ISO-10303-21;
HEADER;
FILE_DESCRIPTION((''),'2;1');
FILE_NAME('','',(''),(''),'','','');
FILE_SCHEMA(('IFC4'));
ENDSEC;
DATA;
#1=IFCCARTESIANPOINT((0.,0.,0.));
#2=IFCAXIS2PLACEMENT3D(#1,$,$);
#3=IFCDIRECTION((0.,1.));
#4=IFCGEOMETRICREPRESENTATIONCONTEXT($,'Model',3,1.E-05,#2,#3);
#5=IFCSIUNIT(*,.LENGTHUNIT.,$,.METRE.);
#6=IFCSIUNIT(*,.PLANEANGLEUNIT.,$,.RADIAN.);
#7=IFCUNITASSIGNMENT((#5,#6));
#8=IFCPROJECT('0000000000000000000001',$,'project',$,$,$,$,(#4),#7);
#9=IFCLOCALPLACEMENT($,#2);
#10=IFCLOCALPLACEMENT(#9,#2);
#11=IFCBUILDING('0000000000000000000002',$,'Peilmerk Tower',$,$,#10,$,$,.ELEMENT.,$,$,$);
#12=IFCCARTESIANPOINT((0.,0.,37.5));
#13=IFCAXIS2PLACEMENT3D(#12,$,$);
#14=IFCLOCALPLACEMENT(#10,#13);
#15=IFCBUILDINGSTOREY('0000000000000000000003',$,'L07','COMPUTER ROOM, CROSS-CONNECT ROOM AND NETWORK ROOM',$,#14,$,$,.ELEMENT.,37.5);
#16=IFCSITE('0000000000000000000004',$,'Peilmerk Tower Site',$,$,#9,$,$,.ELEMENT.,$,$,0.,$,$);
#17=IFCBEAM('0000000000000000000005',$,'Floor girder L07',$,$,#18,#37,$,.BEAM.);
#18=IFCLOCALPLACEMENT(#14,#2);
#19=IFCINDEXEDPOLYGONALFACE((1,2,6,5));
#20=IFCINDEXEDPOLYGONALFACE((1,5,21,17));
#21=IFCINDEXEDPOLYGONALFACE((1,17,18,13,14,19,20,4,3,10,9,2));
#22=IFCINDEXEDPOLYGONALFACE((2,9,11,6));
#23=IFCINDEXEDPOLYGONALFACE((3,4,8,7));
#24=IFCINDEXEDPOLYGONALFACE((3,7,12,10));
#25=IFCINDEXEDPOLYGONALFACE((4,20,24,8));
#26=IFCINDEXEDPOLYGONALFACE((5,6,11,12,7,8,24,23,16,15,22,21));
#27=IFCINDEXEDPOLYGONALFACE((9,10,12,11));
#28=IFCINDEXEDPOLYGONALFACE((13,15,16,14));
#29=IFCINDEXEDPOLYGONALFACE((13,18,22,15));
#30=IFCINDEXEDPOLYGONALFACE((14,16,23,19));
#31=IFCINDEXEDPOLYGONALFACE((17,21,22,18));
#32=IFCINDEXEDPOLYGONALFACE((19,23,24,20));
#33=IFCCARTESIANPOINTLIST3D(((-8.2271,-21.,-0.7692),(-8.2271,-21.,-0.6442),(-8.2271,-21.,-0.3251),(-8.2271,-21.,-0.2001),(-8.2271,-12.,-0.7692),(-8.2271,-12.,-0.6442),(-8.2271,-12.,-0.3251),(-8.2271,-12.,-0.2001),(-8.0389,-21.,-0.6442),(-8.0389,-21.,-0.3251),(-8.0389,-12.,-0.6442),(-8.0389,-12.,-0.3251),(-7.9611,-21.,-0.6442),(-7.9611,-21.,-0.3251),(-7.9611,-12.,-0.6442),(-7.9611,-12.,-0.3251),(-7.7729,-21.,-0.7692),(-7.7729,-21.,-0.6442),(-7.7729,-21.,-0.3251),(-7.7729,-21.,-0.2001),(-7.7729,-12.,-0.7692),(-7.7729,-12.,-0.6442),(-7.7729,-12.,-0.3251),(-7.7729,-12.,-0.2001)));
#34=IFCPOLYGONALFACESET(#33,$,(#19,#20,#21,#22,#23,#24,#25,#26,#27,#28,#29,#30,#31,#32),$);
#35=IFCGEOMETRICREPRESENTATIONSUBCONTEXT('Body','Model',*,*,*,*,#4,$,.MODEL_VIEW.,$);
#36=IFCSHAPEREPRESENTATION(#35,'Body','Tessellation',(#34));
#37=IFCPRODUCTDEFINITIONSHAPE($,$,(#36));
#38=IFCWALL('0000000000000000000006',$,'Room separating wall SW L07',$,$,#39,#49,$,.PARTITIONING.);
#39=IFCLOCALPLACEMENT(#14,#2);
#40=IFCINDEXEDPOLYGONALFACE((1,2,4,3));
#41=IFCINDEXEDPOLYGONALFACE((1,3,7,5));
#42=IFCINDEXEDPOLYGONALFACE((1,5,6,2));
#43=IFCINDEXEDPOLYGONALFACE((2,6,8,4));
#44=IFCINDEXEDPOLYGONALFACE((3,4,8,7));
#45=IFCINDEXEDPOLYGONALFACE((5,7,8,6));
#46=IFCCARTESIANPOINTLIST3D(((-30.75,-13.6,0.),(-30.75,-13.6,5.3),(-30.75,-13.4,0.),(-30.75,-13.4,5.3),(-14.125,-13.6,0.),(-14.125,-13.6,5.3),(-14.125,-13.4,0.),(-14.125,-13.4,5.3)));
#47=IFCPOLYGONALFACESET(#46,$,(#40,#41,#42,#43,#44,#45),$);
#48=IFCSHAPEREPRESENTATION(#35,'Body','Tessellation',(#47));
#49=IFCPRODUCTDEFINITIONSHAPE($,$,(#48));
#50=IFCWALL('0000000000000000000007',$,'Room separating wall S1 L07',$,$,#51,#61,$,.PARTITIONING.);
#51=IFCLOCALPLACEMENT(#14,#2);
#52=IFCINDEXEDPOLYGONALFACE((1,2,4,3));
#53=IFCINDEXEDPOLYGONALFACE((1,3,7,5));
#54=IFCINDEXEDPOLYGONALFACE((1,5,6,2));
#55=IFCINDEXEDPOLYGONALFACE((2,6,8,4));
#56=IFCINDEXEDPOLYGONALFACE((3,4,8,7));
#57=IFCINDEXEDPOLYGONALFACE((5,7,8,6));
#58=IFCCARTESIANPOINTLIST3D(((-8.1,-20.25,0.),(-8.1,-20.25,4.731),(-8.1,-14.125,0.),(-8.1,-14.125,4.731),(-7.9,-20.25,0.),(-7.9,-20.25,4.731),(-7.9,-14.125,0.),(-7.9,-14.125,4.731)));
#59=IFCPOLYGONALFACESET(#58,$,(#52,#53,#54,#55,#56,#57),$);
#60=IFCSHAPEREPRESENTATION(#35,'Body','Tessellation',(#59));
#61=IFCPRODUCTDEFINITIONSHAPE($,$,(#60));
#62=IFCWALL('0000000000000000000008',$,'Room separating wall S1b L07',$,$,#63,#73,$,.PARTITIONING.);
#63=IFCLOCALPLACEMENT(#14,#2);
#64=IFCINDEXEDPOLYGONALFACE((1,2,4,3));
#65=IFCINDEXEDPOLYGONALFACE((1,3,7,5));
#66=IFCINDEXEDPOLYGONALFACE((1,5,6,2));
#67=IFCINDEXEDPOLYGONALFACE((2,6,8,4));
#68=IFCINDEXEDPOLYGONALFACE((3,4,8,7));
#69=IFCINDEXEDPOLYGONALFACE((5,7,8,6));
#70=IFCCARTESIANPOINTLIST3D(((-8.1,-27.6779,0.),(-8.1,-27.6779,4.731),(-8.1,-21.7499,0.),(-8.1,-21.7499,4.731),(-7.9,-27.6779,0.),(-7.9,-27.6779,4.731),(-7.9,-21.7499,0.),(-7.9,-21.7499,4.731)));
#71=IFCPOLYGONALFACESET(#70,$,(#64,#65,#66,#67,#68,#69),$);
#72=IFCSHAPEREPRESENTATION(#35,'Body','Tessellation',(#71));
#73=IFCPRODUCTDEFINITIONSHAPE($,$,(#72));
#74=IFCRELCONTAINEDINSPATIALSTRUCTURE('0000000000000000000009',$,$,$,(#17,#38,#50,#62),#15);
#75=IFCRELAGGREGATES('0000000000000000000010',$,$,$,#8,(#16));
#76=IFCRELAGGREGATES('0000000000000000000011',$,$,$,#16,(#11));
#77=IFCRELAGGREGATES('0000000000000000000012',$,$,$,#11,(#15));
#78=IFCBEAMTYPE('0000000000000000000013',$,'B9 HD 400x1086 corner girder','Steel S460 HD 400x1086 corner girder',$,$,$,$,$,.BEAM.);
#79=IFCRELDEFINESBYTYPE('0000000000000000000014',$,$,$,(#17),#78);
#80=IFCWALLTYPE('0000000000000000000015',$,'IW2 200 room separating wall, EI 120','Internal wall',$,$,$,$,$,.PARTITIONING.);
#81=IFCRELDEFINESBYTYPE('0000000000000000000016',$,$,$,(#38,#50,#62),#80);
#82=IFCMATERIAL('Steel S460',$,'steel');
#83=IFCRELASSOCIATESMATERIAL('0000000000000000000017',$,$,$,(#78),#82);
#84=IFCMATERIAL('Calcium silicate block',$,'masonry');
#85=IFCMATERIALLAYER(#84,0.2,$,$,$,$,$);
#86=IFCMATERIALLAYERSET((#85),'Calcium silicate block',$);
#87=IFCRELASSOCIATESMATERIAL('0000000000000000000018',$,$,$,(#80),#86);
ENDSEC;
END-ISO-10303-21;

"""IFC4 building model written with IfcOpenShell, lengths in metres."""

from ifc_helpers import new_model, si_unit, direction, frame, frame_2d, origin, origin_2d, place, context, subcontext, project, spatial, rectangle, i_section, extrude, material, layer, layer_set, material_profile, profile_set, type_object, element, save


model = new_model("IFC4")

# Units and contexts
model_context = context("Model", 3, precision=1e-05, world=origin(), true_north=direction((0.0, 1.0)))
body_context = subcontext(model_context, "Body", "Model", "MODEL_VIEW")
ifc_project = project(units=[si_unit("LENGTHUNIT", "METRE"), si_unit("PLANEANGLEUNIT", "RADIAN")], contexts=[model_context])

# Site, building, storey
site_placement = place(None, origin())
site = spatial("IfcSite", under=ifc_project, at=site_placement, Name="Peilmerk Tower Site", CompositionType="ELEMENT", RefElevation=0.0)
building_placement = place(site_placement, origin())
building = spatial("IfcBuilding", under=site, at=building_placement, Name="Peilmerk Tower", CompositionType="ELEMENT")
storey_placement = place(building_placement, frame((0.0, 0.0, 37.5)))
storey = spatial("IfcBuildingStorey", under=building, at=storey_placement, Name="L07", Description="COMPUTER ROOM, CROSS-CONNECT ROOM AND NETWORK ROOM", CompositionType="ELEMENT", Elevation=37.5)

# Beam
ifc_material_1 = material(Name="Steel S460", Category="steel")
ifc_material_profile_1 = material_profile(ifc_material_1, i_section(OverallWidth=0.4541, OverallDepth=0.5691, WebThickness=0.0779, FlangeThickness=0.125, at=origin_2d()), Name="HD 400x1086")
ifc_profile_set_1 = profile_set([ifc_material_profile_1], Name="Steel S460")
beam_type_1 = type_object("IfcBeamType", Name="B9 HD 400x1086 corner girder", Description="Steel S460 HD 400x1086 corner girder", PredefinedType="BEAM", material=ifc_profile_set_1)
beam_1_placement = place(storey_placement, frame((-8.0, -12.0, -0.4846), z_axis=(0.0, -1.0, 0.0), x_axis=(1.0, 0.0, 0.0)))
element("IfcBeam", 1, at=beam_1_placement, inside=storey, type_object=beam_type_1, Name="Floor girder L07", PredefinedType="BEAM", context=body_context, shape_type="SweptSolid", body=[
    extrude(i_section(OverallWidth=0.4541, OverallDepth=0.5691, WebThickness=0.0779, FlangeThickness=0.125, at=origin_2d()), origin(), (0.0, 0.0, 1.0), 9.0),
])

# Walls
ifc_material_2 = material(Name="Calcium silicate block", Category="masonry")
ifc_layer = layer(ifc_material_2, 0.2)
ifc_layer_set = layer_set([ifc_layer], Name="Calcium silicate block")
wall_type = type_object("IfcWallType", Name="IW2 200 room separating wall, EI 120", Description="Internal wall", PredefinedType="PARTITIONING", material=ifc_layer_set)
wall_1_placement = place(storey_placement, frame((-14.125, -13.5, 0.0), z_axis=(0.0, 0.0, 1.0), x_axis=(-1.0, 0.0, 0.0)))
element("IfcWall", 2, at=wall_1_placement, inside=storey, type_object=wall_type, Name="Room separating wall SW L07", PredefinedType="PARTITIONING", context=body_context, shape_type="SweptSolid", body=[
    extrude(rectangle(XDim=16.625, YDim=0.2, at=frame_2d((8.3125, 0.0))), origin(), (0.0, 0.0, 1.0), 5.3),
])
wall_2_placement = place(storey_placement, frame((-8.0, -14.125, 0.0), z_axis=(0.0, 0.0, 1.0), x_axis=(0.0, -1.0, 0.0)))
element("IfcWall", 3, at=wall_2_placement, inside=storey, type_object=wall_type, Name="Room separating wall S1 L07", PredefinedType="PARTITIONING", context=body_context, shape_type="SweptSolid", body=[
    extrude(rectangle(XDim=6.125, YDim=0.2, at=frame_2d((3.0625, 0.0))), origin(), (0.0, 0.0, 1.0), 4.731),
])
wall_3_placement = place(storey_placement, frame((-8.0, -21.75, 0.0), z_axis=(0.0, 0.0, 1.0), x_axis=(0.0, -1.0, 0.0)))
element("IfcWall", 4, at=wall_3_placement, inside=storey, type_object=wall_type, Name="Room separating wall S1b L07", PredefinedType="PARTITIONING", context=body_context, shape_type="SweptSolid", body=[
    extrude(rectangle(XDim=5.928, YDim=0.2, at=frame_2d((2.9639, 0.0))), origin(), (0.0, 0.0, 1.0), 4.731),
])

save(model, "model.ifc")
